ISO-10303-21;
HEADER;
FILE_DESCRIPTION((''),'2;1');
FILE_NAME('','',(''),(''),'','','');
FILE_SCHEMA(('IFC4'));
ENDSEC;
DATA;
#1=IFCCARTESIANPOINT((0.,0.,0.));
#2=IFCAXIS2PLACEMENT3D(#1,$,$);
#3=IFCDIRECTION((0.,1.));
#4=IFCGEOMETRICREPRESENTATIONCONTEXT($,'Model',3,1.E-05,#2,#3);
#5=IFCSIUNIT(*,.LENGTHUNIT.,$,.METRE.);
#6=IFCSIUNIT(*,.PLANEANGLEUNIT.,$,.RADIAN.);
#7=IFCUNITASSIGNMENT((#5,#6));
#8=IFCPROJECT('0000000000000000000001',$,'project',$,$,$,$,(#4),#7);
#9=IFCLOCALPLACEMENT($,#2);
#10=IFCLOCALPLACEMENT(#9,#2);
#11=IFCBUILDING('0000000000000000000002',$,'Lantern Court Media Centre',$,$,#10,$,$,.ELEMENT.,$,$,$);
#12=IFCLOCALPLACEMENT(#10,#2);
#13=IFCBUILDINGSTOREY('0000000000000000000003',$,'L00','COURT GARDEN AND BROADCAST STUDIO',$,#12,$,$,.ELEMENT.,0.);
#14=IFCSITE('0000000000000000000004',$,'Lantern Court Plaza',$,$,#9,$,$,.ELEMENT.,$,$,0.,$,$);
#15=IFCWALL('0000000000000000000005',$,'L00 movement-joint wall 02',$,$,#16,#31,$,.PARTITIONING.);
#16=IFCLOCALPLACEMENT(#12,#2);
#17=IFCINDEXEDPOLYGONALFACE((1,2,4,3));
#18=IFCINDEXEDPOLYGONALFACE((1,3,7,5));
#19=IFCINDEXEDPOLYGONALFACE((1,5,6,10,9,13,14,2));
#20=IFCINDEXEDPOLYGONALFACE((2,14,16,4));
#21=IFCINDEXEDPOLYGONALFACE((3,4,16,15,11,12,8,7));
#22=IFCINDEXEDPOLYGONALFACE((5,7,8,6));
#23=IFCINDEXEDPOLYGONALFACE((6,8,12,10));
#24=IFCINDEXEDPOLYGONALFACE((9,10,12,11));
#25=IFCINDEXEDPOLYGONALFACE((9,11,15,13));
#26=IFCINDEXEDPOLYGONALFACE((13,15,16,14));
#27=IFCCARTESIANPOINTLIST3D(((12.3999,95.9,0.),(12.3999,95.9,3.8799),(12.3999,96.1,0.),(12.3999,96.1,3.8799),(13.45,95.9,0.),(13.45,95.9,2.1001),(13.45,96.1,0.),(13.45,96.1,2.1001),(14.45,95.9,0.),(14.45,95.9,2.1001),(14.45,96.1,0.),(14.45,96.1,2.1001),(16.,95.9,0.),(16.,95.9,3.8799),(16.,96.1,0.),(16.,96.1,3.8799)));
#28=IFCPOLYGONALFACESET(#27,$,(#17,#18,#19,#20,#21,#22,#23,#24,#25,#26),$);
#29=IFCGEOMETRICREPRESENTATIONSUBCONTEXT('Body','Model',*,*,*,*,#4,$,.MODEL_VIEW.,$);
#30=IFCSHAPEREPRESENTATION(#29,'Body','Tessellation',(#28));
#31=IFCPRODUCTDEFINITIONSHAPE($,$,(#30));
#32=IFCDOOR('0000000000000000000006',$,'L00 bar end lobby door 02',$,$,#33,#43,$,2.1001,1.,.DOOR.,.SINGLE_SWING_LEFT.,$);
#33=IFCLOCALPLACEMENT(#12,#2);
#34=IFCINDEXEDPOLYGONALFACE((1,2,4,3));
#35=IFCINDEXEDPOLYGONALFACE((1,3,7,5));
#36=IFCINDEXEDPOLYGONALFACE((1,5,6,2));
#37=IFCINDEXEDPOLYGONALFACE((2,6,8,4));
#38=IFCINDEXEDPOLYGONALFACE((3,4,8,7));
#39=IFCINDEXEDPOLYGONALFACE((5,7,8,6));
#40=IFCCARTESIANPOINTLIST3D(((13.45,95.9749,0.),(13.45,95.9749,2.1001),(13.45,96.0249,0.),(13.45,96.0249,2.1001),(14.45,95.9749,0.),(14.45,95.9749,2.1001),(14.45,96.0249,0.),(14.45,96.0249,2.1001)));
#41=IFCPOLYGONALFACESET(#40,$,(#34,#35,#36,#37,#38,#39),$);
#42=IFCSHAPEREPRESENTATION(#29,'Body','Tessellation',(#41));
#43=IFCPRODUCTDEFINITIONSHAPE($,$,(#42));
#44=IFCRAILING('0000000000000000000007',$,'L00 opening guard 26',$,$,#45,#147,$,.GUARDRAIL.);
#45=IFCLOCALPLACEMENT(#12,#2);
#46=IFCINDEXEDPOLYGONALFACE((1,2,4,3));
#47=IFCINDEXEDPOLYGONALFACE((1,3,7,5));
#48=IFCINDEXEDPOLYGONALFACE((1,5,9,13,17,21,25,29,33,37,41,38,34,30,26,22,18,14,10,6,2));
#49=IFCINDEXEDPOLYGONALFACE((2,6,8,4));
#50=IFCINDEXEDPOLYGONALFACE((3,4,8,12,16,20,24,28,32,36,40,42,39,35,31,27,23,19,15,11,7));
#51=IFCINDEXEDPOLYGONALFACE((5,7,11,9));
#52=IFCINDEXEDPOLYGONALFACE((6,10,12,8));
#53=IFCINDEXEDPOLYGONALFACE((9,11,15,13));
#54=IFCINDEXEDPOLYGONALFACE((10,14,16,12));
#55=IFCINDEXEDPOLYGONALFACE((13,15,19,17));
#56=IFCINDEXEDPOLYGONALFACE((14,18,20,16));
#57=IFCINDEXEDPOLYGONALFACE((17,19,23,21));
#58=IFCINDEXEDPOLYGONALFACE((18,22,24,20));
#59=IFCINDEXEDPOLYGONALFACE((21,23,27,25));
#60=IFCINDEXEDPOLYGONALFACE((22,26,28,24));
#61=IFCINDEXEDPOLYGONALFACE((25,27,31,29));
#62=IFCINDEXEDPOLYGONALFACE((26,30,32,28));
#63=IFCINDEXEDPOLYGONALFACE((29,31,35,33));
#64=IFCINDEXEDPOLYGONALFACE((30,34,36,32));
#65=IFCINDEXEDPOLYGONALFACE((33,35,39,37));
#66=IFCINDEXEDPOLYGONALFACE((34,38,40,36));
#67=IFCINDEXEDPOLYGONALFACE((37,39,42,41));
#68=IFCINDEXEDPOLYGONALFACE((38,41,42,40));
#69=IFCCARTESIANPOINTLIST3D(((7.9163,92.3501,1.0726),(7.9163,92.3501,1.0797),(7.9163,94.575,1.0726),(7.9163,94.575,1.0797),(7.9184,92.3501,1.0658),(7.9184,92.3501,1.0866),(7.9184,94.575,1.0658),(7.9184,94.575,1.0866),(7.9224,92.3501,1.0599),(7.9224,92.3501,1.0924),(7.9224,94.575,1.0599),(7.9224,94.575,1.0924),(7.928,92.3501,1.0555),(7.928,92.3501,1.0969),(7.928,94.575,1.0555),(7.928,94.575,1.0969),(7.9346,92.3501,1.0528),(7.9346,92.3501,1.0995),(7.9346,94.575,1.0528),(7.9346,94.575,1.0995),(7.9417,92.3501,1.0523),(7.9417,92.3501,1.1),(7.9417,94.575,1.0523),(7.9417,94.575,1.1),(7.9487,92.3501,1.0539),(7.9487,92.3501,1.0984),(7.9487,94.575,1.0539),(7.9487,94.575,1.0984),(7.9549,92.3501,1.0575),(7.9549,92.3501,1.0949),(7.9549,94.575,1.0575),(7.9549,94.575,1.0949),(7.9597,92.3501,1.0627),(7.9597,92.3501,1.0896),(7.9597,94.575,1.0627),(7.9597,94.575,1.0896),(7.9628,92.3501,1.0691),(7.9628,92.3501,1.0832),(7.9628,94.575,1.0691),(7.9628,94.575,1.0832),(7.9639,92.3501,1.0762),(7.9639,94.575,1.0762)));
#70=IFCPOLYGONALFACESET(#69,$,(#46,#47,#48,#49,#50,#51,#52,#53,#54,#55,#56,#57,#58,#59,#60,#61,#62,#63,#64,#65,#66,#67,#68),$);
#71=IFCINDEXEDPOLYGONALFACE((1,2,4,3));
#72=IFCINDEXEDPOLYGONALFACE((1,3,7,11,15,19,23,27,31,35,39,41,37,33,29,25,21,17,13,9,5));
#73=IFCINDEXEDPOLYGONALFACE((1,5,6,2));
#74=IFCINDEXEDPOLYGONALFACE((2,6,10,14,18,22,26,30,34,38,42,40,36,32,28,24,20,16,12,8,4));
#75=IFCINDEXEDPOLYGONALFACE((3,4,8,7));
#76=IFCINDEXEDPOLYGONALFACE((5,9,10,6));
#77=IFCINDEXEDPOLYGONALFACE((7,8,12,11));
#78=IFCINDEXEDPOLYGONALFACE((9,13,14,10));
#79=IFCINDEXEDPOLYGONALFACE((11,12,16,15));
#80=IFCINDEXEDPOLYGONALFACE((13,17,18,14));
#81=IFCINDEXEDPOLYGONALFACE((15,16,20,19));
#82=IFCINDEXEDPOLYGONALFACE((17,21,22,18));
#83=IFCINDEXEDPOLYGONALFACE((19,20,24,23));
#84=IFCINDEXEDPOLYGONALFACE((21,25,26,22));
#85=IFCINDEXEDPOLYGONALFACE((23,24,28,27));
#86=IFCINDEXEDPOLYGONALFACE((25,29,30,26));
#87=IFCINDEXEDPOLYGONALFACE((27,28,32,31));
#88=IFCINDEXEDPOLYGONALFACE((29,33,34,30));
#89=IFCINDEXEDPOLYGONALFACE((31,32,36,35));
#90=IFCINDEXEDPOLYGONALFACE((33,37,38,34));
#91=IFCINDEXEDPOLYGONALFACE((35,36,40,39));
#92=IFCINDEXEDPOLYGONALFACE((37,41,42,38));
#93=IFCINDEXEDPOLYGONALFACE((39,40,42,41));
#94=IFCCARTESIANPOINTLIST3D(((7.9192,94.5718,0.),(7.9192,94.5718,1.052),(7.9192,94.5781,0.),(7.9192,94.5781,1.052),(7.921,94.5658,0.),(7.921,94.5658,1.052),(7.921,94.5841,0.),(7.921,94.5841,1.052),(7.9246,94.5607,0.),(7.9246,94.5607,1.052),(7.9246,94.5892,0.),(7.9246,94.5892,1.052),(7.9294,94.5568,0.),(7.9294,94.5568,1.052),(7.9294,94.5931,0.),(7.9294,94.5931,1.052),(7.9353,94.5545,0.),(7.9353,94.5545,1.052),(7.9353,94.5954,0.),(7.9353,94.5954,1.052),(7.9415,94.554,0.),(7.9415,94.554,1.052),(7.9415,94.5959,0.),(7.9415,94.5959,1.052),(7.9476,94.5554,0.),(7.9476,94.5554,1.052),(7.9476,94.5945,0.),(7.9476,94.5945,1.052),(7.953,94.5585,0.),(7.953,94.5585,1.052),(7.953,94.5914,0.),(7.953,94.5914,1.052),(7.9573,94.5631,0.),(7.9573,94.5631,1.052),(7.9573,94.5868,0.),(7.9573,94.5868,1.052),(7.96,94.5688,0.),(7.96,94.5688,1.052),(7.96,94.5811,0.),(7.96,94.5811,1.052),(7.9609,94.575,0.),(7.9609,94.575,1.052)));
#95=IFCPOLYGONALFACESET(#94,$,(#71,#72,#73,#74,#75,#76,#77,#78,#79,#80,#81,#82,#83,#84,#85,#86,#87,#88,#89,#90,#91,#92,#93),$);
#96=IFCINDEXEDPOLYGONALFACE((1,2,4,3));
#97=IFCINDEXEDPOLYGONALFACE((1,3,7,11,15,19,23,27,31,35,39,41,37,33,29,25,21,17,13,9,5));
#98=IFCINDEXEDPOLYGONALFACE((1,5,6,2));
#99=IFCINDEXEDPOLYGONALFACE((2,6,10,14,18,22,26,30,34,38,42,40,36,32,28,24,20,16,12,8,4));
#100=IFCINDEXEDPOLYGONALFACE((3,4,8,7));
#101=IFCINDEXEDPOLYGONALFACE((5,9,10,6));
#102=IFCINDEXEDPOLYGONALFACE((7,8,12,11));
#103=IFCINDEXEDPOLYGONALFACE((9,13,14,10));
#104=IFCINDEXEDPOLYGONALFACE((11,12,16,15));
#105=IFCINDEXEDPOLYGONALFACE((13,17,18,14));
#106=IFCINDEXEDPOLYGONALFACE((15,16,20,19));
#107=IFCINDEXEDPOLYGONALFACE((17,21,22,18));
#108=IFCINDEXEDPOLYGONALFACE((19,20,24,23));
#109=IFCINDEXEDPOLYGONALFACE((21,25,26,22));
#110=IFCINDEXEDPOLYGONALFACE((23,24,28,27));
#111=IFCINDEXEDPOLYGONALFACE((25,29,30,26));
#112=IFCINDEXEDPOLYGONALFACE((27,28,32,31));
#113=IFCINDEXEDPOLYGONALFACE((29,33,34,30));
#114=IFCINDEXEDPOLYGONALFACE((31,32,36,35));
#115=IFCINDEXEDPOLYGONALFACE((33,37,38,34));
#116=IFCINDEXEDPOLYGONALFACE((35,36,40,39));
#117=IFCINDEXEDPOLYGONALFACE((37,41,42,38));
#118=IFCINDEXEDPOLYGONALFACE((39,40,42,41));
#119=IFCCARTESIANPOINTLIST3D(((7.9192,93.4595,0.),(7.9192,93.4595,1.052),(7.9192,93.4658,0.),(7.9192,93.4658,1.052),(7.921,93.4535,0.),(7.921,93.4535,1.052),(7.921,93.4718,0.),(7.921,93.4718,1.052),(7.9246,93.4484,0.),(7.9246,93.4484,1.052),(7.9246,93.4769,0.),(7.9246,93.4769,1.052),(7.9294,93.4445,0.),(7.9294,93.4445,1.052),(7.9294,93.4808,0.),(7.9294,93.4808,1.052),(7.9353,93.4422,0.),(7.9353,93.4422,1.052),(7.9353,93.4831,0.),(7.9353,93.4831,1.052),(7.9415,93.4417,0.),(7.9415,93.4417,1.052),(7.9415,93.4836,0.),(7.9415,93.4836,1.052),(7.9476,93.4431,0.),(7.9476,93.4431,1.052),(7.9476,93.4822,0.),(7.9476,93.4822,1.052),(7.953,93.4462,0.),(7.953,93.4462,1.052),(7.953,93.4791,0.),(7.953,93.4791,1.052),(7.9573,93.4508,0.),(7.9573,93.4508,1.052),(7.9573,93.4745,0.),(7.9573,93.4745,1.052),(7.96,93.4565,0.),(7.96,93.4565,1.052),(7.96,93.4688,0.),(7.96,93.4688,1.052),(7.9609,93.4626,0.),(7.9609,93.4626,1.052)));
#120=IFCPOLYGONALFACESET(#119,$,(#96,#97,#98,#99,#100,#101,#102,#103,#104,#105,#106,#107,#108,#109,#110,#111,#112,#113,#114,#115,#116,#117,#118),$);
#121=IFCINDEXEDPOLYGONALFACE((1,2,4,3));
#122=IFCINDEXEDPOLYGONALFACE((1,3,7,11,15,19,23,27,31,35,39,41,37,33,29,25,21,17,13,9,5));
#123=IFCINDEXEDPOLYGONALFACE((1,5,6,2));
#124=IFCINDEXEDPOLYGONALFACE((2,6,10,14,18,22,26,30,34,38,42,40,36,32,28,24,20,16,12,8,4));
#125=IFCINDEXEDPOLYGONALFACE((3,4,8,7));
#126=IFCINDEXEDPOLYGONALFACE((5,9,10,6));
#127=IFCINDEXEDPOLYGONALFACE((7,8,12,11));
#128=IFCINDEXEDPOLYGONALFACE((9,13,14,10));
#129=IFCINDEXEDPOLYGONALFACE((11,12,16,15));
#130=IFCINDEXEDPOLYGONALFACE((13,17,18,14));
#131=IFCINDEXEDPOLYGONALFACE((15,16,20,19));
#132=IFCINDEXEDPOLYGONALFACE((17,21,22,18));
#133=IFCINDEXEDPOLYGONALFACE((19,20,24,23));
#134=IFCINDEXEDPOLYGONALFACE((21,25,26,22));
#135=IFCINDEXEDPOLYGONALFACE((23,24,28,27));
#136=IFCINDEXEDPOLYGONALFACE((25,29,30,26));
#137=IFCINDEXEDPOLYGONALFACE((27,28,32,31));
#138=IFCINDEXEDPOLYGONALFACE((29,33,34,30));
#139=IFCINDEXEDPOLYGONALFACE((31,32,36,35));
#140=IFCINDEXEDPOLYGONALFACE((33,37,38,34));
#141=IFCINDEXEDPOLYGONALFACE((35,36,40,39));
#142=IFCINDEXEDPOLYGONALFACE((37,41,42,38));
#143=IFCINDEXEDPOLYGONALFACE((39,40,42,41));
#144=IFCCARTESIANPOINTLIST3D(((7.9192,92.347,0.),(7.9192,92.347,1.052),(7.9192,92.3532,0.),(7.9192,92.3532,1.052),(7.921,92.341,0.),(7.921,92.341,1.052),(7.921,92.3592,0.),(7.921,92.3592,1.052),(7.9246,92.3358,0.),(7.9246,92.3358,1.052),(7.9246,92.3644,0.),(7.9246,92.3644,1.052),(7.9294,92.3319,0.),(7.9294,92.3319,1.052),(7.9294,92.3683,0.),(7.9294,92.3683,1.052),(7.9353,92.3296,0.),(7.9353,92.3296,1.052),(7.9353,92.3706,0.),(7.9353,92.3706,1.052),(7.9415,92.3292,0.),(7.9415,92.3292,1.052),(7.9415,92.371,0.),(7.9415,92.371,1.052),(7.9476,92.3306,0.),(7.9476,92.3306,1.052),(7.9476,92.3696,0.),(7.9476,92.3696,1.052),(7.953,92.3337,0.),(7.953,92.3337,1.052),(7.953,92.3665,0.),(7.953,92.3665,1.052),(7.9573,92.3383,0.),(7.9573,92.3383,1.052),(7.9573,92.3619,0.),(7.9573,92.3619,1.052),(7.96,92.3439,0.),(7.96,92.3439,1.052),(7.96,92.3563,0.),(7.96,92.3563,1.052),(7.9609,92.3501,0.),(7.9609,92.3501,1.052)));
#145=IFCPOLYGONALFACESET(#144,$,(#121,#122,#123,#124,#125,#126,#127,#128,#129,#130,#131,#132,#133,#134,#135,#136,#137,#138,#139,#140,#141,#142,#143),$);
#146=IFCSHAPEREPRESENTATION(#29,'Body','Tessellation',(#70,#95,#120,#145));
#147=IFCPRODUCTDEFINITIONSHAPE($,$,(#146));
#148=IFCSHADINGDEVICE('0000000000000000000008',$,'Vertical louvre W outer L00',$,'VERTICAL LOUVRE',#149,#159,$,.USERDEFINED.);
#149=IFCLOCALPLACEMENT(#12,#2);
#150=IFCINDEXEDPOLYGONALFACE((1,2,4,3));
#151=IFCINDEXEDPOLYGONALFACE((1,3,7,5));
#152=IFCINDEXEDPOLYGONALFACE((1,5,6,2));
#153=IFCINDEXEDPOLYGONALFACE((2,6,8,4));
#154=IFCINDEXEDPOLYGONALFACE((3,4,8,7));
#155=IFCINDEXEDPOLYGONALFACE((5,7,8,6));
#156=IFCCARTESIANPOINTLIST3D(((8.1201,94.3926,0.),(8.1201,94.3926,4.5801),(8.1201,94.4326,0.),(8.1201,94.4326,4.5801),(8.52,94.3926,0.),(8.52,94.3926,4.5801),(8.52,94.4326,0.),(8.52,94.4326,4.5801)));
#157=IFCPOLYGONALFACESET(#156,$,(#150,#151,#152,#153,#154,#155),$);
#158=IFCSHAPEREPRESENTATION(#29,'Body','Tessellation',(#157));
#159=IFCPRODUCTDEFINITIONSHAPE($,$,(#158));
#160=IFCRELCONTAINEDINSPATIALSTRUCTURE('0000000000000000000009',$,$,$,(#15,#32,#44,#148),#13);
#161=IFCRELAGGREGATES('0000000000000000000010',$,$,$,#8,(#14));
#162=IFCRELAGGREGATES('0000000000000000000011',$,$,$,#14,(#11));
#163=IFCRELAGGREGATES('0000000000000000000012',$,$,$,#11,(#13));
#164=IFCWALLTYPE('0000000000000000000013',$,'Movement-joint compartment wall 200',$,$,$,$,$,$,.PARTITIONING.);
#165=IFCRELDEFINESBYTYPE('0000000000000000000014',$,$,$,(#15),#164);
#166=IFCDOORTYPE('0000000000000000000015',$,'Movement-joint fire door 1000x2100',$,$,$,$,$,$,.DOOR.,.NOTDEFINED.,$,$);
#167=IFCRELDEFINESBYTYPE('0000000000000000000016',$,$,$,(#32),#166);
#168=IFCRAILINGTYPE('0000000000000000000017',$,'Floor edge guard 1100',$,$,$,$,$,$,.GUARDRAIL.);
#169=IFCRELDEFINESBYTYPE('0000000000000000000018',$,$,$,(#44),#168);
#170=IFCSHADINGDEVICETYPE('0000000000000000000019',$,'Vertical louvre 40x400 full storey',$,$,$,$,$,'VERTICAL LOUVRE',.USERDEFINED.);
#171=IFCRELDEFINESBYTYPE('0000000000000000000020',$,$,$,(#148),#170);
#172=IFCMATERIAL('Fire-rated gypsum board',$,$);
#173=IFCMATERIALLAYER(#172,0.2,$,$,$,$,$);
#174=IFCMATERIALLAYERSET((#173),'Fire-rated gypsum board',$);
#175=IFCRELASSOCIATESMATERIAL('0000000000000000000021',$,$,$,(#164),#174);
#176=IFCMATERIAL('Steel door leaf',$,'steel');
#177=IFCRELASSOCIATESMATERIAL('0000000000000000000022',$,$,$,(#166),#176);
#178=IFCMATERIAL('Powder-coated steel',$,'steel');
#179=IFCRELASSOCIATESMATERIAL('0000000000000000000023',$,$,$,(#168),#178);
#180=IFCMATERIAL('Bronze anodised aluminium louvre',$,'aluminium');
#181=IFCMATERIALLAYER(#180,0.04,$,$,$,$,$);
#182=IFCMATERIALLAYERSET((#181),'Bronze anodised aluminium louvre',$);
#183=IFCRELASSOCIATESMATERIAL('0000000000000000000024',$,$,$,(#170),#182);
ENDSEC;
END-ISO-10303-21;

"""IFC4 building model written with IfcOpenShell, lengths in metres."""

from ifc_helpers import new_model, si_unit, direction, frame, frame_2d, origin, origin_2d, place, context, subcontext, project, spatial, rectangle, circle, extrude, material, layer, layer_set, type_object, element, fill, save


model = new_model("IFC4")

# Units and contexts
model_context = context("Model", 3, precision=1e-05, world=origin(), true_north=direction((0.0, 1.0)))
body_context = subcontext(model_context, "Body", "Model", "MODEL_VIEW")
ifc_project = project(units=[si_unit("LENGTHUNIT", "METRE"), si_unit("PLANEANGLEUNIT", "RADIAN")], contexts=[model_context])

# Site, building, storey
site_placement = place(None, origin())
site = spatial("IfcSite", under=ifc_project, at=site_placement, Name="Lantern Court Plaza", CompositionType="ELEMENT", RefElevation=0.0)
building_placement = place(site_placement, origin())
building = spatial("IfcBuilding", under=site, at=building_placement, Name="Lantern Court Media Centre", CompositionType="ELEMENT")
storey_placement = place(building_placement, origin())
storey = spatial("IfcBuildingStorey", under=building, at=storey_placement, Name="L00", Description="COURT GARDEN AND BROADCAST STUDIO", CompositionType="ELEMENT", Elevation=0.0)

# Wall, opening, door
ifc_material_1 = material(Name="Fire-rated gypsum board")
ifc_layer_1 = layer(ifc_material_1, 0.2)
ifc_layer_set_1 = layer_set([ifc_layer_1], Name="Fire-rated gypsum board")
wall_type_1 = type_object("IfcWallType", Name="Movement-joint compartment wall 200", PredefinedType="PARTITIONING", material=ifc_layer_set_1)
wall_1_placement = place(storey_placement, frame((12.3999, 96.0, 0.0), z_axis=(0.0, 0.0, 1.0), x_axis=(1.0, 0.0, 0.0)))
wall_1 = element("IfcWall", 1, at=wall_1_placement, inside=storey, type_object=wall_type_1, Name="L00 movement-joint wall 02", PredefinedType="PARTITIONING", context=body_context, shape_type="SweptSolid", body=[
    extrude(rectangle(XDim=3.6001, YDim=0.2, at=frame_2d((1.8, 0.0))), origin(), (0.0, 0.0, 1.0), 3.8799),
])
opening_1_placement = place(wall_1_placement, frame((1.05, 0.0, 0.0)))
opening_1 = element("IfcOpeningElement", 2, at=opening_1_placement, cuts=wall_1, PredefinedType="OPENING", context=body_context, shape_type="SweptSolid", body=[
    extrude(rectangle(XDim=1.0, YDim=2.1001, at=frame_2d((0.5, 1.05))), frame((0.0, 0.1099, 0.0), z_axis=(0.0, -1.0, 0.0), x_axis=(1.0, 0.0, 0.0)), (0.0, 0.0, 1.0), 0.22),
])
ifc_material_2 = material(Name="Steel door leaf", Category="steel")
door_type = type_object("IfcDoorType", Name="Movement-joint fire door 1000x2100", OperationType="NOTDEFINED", PredefinedType="DOOR", material=ifc_material_2)
door_placement = place(opening_1_placement, origin())
door = element("IfcDoor", 3, at=door_placement, inside=storey, type_object=door_type, Name="L00 bar end lobby door 02", OperationType="SINGLE_SWING_LEFT", OverallHeight=2.1001, OverallWidth=1.0, PredefinedType="DOOR", context=body_context, shape_type="SweptSolid", body=[
    extrude(rectangle(XDim=1.0, YDim=2.1001, at=frame_2d((0.5, 1.05))), frame((0.0, 0.0249, 0.0), z_axis=(0.0, -1.0, 0.0), x_axis=(1.0, 0.0, 0.0)), (0.0, 0.0, 1.0), 0.05),
])
fill(opening_1, door)

# Railing
ifc_material_3 = material(Name="Powder-coated steel", Category="steel")
railing_type = type_object("IfcRailingType", Name="Floor edge guard 1100", PredefinedType="GUARDRAIL", material=ifc_material_3)
railing_placement = place(storey_placement, frame((7.9399, 94.575, 0.0)))
element("IfcRailing", 4, at=railing_placement, inside=storey, type_object=railing_type, Name="L00 opening guard 26", PredefinedType="GUARDRAIL", context=body_context, shape_type="SweptSolid", body=[
    extrude(circle(Radius=0.0239, at=origin_2d()), frame((0.0, 0.0, 1.0762), z_axis=(0.0, -1.0, 0.0), x_axis=(1.0, 0.0, 0.0)), (0.0, 0.0, 1.0), 2.2249),
    extrude(circle(Radius=0.021, at=origin_2d()), origin(), (0.0, 0.0, 1.0), 1.052),
    extrude(circle(Radius=0.021, at=origin_2d()), frame((0.0, -1.1123, 0.0)), (0.0, 0.0, 1.0), 1.052),
    extrude(circle(Radius=0.021, at=origin_2d()), frame((0.0, -2.2249, 0.0)), (0.0, 0.0, 1.0), 1.052),
])

# Shading device
ifc_material_4 = material(Name="Bronze anodised aluminium louvre", Category="aluminium")
ifc_layer_2 = layer(ifc_material_4, 0.04)
ifc_layer_set_2 = layer_set([ifc_layer_2], Name="Bronze anodised aluminium louvre")
shading_device_type = type_object("IfcShadingDeviceType", Name="Vertical louvre 40x400 full storey", ElementType="VERTICAL LOUVRE", PredefinedType="USERDEFINED", material=ifc_layer_set_2)
shading_device_placement = place(storey_placement, frame((8.3201, 94.4126, 0.0), z_axis=(0.0, 0.0, 1.0), x_axis=(1.0, 0.0, 0.0)))
element("IfcShadingDevice", 5, at=shading_device_placement, inside=storey, type_object=shading_device_type, Name="Vertical louvre W outer L00", ObjectType="VERTICAL LOUVRE", PredefinedType="USERDEFINED", context=body_context, shape_type="SweptSolid", body=[
    extrude(rectangle(XDim=0.3999, YDim=0.04, at=origin_2d()), origin(), (0.0, 0.0, 1.0), 4.5801),
])

save(model, "model.ifc")
